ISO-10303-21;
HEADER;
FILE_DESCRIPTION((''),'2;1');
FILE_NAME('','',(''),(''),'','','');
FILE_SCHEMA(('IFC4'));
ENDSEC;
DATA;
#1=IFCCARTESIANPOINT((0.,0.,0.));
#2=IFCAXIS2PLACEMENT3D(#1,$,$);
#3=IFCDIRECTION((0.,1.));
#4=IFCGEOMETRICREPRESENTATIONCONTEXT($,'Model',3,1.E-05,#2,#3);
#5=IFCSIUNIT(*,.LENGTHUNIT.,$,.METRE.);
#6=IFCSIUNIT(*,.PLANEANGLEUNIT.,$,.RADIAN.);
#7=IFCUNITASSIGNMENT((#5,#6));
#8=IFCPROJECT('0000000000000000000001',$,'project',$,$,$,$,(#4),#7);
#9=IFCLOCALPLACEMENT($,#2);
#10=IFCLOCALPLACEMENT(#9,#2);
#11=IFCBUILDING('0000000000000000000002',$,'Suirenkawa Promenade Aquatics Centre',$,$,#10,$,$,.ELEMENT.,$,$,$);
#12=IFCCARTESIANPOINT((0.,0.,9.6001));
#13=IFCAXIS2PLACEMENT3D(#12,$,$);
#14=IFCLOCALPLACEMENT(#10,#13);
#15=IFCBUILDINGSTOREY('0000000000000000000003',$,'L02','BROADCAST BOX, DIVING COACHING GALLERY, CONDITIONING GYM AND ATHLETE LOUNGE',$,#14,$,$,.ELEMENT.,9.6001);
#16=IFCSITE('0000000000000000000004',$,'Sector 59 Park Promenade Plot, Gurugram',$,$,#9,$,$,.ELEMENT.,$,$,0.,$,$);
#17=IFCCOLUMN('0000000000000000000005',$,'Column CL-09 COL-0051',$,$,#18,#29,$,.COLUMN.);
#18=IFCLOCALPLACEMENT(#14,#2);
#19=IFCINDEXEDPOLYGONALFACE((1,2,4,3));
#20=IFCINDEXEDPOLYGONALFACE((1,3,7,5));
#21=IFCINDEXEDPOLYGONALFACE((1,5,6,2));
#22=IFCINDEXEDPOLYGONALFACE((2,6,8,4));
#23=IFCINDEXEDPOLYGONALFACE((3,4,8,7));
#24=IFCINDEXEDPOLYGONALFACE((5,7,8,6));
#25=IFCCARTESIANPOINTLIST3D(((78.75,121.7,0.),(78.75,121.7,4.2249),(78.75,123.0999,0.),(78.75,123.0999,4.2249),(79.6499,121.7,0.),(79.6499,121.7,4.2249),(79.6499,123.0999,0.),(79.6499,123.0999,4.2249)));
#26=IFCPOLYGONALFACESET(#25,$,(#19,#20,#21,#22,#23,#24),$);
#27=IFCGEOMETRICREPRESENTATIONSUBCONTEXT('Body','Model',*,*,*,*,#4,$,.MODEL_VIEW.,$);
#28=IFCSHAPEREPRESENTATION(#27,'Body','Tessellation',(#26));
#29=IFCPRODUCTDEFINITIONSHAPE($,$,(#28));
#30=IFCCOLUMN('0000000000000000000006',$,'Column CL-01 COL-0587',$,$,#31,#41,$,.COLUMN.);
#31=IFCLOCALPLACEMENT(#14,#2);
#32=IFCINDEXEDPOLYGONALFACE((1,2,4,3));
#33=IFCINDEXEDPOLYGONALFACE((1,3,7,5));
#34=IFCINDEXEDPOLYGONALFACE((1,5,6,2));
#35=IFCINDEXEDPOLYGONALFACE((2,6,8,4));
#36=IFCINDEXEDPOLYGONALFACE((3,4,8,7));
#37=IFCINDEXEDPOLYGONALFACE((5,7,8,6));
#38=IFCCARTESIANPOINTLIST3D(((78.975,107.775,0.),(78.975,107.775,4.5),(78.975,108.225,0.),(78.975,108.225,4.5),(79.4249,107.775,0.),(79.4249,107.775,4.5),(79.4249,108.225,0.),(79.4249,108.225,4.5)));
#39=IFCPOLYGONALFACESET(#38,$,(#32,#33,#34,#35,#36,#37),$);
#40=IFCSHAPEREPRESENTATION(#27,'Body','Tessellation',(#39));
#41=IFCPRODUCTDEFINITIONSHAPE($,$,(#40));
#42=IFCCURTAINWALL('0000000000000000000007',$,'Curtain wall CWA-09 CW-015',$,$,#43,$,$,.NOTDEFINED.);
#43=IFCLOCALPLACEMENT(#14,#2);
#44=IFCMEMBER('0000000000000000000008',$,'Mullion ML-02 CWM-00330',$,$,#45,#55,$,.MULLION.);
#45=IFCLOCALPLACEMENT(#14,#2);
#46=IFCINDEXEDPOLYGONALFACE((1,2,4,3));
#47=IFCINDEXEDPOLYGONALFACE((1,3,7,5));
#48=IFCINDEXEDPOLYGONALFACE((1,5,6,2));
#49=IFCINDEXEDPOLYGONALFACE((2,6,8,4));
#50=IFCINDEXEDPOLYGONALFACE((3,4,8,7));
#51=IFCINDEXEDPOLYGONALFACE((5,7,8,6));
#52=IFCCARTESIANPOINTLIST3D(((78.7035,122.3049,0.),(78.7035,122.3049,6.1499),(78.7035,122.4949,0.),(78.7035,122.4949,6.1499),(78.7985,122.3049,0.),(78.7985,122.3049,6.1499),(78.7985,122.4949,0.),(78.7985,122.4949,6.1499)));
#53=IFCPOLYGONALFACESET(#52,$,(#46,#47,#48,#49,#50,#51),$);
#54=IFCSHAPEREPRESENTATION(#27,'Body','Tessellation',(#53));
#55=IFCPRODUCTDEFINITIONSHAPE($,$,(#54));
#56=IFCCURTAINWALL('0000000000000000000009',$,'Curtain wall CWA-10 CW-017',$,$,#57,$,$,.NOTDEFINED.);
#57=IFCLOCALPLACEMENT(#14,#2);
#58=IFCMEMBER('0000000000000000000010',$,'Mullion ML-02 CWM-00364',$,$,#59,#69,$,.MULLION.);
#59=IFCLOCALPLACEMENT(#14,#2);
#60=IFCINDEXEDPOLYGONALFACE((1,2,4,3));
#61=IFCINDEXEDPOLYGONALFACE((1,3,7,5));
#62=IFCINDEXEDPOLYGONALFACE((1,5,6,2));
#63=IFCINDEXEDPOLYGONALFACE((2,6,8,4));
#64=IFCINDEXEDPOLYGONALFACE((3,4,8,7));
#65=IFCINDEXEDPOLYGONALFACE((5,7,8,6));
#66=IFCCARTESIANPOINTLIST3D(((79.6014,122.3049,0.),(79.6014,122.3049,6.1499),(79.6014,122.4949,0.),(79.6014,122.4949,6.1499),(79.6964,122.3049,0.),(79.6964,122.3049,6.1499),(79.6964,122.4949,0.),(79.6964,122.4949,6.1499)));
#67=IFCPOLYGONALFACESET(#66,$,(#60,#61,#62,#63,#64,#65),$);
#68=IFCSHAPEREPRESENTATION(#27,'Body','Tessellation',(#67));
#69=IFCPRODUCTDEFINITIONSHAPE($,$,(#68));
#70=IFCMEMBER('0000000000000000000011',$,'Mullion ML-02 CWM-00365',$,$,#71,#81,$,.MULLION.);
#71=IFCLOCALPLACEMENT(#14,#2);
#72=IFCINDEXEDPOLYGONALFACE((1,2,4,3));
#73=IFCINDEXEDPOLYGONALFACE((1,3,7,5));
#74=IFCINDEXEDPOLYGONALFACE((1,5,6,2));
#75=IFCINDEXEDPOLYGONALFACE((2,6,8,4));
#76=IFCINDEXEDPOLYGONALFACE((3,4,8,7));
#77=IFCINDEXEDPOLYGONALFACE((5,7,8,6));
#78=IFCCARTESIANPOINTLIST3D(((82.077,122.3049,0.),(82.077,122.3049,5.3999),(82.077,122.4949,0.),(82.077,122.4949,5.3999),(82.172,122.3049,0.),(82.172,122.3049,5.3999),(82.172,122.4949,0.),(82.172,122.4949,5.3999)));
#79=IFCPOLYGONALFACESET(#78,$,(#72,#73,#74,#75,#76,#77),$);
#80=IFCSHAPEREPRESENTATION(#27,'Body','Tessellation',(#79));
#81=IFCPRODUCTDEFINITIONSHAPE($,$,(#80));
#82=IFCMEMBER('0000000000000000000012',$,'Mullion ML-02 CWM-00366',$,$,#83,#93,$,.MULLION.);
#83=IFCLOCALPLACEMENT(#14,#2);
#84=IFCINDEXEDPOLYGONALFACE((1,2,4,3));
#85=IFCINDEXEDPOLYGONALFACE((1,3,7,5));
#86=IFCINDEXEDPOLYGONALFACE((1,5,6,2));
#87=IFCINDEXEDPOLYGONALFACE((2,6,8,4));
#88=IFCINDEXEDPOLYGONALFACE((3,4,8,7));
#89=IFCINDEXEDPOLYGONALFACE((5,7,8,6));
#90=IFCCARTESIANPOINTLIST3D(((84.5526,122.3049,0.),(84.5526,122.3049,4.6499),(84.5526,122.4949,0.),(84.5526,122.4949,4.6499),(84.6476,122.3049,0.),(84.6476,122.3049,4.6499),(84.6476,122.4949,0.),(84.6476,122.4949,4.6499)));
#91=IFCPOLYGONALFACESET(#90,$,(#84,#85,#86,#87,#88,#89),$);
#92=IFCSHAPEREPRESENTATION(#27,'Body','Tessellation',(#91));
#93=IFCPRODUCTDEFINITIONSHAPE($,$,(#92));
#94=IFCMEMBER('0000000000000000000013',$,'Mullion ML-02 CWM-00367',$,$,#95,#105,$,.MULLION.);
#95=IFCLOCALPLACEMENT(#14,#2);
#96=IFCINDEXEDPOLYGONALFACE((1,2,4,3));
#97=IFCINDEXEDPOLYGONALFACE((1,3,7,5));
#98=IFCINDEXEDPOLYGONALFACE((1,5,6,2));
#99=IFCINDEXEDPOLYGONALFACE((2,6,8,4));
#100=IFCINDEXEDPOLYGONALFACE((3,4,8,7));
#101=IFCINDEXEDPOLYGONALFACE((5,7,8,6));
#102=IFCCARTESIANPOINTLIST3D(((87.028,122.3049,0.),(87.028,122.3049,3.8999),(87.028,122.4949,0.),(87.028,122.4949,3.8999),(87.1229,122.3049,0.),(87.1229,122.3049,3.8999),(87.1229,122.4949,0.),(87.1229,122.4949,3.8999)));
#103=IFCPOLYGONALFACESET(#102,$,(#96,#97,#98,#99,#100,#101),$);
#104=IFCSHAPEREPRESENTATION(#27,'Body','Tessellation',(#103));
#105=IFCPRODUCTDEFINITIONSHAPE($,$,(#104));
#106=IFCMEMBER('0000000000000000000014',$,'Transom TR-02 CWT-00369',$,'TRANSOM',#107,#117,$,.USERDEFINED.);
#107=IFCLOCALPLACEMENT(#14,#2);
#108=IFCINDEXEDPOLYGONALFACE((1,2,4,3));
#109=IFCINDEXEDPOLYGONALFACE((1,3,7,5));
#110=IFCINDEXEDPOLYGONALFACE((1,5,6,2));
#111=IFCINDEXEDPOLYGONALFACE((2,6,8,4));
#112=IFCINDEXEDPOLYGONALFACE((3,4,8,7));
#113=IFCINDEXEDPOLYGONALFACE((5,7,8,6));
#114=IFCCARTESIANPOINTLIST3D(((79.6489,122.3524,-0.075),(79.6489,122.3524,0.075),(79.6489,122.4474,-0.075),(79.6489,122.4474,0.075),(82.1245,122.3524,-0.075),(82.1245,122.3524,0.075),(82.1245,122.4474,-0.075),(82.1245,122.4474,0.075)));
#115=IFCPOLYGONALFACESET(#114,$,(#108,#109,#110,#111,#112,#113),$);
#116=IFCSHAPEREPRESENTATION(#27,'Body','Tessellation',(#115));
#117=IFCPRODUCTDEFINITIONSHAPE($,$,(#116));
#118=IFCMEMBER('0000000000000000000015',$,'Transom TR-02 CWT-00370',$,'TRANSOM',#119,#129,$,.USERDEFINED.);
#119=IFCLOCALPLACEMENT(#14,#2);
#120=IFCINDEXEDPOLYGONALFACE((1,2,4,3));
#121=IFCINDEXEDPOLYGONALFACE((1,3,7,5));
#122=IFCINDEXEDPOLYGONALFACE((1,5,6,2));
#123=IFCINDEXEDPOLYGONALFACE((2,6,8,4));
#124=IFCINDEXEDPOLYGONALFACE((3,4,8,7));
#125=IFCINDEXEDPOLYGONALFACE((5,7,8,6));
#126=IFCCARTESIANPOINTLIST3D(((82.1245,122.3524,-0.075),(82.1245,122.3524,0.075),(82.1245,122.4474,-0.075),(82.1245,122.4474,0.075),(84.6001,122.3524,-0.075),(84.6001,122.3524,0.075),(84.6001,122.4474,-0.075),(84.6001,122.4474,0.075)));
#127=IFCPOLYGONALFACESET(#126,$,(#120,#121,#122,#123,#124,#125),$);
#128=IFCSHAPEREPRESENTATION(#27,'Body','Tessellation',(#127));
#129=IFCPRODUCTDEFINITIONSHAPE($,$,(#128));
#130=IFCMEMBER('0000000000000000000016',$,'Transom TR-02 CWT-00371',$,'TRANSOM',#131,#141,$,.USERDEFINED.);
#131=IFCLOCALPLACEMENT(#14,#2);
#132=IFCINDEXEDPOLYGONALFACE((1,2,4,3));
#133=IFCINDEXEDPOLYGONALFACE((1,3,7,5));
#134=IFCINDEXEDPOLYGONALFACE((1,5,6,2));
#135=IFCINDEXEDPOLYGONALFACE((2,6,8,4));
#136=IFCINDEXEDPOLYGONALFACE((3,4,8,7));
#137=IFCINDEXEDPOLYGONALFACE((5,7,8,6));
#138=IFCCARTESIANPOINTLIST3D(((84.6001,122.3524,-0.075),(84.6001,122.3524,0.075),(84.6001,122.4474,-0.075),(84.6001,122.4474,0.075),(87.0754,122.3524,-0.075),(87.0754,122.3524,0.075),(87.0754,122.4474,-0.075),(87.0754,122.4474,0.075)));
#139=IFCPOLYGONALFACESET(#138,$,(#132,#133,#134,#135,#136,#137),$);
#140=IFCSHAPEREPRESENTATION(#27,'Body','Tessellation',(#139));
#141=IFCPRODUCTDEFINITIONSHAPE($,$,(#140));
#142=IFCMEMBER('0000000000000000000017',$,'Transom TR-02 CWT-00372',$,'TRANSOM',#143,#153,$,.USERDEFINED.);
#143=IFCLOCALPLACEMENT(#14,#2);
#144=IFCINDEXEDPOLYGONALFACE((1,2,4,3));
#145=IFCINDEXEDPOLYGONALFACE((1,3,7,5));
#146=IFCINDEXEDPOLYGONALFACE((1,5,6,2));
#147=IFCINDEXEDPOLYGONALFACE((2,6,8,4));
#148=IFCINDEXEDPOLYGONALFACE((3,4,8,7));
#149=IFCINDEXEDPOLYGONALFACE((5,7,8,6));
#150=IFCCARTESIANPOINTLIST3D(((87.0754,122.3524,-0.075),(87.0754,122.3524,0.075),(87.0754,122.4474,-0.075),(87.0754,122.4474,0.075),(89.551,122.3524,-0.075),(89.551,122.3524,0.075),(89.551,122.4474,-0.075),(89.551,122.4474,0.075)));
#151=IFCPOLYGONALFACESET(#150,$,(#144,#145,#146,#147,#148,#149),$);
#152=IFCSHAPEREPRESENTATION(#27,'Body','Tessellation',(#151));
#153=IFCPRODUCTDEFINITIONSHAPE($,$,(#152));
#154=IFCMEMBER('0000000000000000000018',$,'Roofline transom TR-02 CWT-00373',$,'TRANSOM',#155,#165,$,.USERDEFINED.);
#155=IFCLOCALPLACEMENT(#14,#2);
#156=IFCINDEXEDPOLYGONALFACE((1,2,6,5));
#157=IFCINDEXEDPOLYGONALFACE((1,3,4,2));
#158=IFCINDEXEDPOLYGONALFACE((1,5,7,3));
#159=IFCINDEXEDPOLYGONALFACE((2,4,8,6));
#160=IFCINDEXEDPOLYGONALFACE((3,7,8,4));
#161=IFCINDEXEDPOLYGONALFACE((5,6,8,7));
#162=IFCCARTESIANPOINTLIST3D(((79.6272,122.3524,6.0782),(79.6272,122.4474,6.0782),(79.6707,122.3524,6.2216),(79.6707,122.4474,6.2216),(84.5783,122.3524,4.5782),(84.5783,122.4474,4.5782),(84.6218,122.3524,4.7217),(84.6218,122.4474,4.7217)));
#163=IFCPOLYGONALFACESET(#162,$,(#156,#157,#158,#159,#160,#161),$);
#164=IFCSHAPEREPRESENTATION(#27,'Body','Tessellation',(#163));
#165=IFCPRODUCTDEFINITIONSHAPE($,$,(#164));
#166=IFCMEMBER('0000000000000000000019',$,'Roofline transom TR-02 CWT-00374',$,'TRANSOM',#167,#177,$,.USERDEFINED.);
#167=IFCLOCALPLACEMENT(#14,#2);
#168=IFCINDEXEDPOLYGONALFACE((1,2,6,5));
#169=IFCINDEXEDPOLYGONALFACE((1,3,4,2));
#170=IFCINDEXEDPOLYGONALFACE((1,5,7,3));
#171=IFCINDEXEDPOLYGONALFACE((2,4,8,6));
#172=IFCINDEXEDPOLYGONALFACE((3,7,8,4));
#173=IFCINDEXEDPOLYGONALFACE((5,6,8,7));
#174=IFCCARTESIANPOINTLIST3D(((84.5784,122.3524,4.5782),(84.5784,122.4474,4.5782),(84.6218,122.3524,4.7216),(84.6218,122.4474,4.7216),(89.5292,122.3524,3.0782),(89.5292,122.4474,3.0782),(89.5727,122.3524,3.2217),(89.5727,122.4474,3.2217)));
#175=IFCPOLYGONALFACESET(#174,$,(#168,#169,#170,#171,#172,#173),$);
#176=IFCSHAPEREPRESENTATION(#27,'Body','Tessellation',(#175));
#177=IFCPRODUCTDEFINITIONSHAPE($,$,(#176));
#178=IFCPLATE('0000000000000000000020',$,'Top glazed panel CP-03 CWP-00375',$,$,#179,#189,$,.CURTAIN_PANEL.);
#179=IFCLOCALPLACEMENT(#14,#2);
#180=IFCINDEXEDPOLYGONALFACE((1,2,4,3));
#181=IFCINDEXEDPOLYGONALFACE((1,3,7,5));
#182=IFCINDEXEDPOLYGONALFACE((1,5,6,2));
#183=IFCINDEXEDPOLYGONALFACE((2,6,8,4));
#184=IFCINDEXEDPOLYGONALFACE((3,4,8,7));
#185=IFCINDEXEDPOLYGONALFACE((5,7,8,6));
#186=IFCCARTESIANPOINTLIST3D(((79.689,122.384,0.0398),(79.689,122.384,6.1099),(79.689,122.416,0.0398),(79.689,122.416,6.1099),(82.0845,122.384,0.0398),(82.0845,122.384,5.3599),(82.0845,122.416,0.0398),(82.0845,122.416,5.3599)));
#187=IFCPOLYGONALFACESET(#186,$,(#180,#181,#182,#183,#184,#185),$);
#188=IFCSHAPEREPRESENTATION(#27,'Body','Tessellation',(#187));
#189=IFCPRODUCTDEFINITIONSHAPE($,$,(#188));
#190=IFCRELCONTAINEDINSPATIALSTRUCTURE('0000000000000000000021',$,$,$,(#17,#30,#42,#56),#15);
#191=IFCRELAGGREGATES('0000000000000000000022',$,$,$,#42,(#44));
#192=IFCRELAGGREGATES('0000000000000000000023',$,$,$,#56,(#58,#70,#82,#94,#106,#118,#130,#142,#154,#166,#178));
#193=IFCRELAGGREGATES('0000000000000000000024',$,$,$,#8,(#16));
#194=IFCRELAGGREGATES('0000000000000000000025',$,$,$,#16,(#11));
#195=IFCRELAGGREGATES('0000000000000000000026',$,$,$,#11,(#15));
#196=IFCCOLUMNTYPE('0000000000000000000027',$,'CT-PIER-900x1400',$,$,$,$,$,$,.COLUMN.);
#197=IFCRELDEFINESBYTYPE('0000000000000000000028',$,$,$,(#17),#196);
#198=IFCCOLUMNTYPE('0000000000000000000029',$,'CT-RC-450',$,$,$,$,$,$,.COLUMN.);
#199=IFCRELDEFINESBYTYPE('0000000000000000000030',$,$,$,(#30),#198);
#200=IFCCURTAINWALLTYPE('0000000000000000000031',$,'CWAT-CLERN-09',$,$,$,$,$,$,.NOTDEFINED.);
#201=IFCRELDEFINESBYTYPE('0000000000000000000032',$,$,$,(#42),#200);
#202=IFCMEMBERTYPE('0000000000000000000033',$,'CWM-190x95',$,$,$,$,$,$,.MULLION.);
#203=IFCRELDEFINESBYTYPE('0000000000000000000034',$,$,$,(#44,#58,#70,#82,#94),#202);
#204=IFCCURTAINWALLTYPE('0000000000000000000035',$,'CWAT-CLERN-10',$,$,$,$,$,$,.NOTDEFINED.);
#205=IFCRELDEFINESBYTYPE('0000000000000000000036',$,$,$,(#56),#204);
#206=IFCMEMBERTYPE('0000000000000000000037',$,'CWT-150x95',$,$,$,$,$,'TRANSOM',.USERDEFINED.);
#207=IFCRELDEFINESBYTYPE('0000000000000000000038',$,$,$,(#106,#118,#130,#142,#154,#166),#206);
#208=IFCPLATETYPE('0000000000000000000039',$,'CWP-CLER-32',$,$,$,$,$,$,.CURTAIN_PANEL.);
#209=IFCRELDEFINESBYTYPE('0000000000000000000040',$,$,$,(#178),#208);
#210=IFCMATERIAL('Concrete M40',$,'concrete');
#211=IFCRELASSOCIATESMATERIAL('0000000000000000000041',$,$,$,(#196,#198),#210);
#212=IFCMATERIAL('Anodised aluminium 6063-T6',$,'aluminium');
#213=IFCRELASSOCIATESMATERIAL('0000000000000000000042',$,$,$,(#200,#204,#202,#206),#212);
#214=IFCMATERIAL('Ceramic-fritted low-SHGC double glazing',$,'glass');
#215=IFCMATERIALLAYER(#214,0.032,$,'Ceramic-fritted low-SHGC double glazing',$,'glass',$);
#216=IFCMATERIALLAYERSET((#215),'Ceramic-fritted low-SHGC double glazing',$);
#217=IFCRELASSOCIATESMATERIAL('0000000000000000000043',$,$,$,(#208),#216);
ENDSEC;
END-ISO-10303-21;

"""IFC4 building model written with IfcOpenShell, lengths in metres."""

from ifc_helpers import new_model, si_unit, direction, frame, origin, origin_2d, place, context, subcontext, project, spatial, polyline, rectangle, outline, extrude, material, layer, layer_set, material_profile, profile_set, type_object, element, aggregate, save


model = new_model("IFC4")

# Units and contexts
model_context = context("Model", 3, precision=1e-05, world=origin(), true_north=direction((0.0, 1.0)))
body_context = subcontext(model_context, "Body", "Model", "MODEL_VIEW")
ifc_project = project(units=[si_unit("LENGTHUNIT", "METRE"), si_unit("PLANEANGLEUNIT", "RADIAN")], contexts=[model_context])

# Site, building, storey
site_placement = place(None, origin())
site = spatial("IfcSite", under=ifc_project, at=site_placement, Name="Sector 59 Park Promenade Plot, Gurugram", CompositionType="ELEMENT", RefElevation=0.0)
building_placement = place(site_placement, origin())
building = spatial("IfcBuilding", under=site, at=building_placement, Name="Suirenkawa Promenade Aquatics Centre", CompositionType="ELEMENT")
storey_placement = place(building_placement, frame((0.0, 0.0, 9.6001)))
storey = spatial("IfcBuildingStorey", under=building, at=storey_placement, Name="L02", Description="BROADCAST BOX, DIVING COACHING GALLERY, CONDITIONING GYM AND ATHLETE LOUNGE", CompositionType="ELEMENT", Elevation=9.6001)

# Columns
ifc_material_1 = material(Name="Concrete M40", Category="concrete")
ifc_material_profile_1 = material_profile(ifc_material_1, rectangle(XDim=0.8999, YDim=1.3999, at=origin_2d()), Name="RC PIER 900x1400", Category="concrete")
ifc_profile_set_1 = profile_set([ifc_material_profile_1], Name="Concrete M40")
column_type_1 = type_object("IfcColumnType", Name="CT-PIER-900x1400", PredefinedType="COLUMN", material=ifc_profile_set_1)
column_1_placement = place(storey_placement, frame((79.2, 122.3999, 0.0), z_axis=(0.0, 0.0, 1.0), x_axis=(1.0, 0.0, 0.0)))
element("IfcColumn", 1, at=column_1_placement, inside=storey, type_object=column_type_1, Name="Column CL-09 COL-0051", PredefinedType="COLUMN", context=body_context, shape_type="SweptSolid", body=[
    extrude(rectangle(XDim=0.8999, YDim=1.3999, at=origin_2d()), origin(), (0.0, 0.0, 1.0), 4.2249),
])
ifc_material_profile_2 = material_profile(ifc_material_1, rectangle(XDim=0.45, YDim=0.45, at=origin_2d()), Name="RC COL 450x450", Category="concrete")
ifc_profile_set_2 = profile_set([ifc_material_profile_2], Name="Concrete M40")
column_type_2 = type_object("IfcColumnType", Name="CT-RC-450", PredefinedType="COLUMN", material=ifc_profile_set_2)
column_2_placement = place(storey_placement, frame((79.2, 108.0, 0.0), z_axis=(0.0, 0.0, 1.0), x_axis=(1.0, 0.0, 0.0)))
element("IfcColumn", 2, at=column_2_placement, inside=storey, type_object=column_type_2, Name="Column CL-01 COL-0587", PredefinedType="COLUMN", context=body_context, shape_type="SweptSolid", body=[
    extrude(rectangle(XDim=0.45, YDim=0.45, at=origin_2d()), origin(), (0.0, 0.0, 1.0), 4.5),
])

# Curtain wall, member
ifc_material_2 = material(Name="Anodised aluminium 6063-T6", Category="aluminium")
curtain_wall_type_1 = type_object("IfcCurtainWallType", Name="CWAT-CLERN-09", PredefinedType="NOTDEFINED", material=ifc_material_2)
curtain_wall_1_placement = place(storey_placement, origin())
curtain_wall_1 = element("IfcCurtainWall", 3, at=curtain_wall_1_placement, inside=storey, type_object=curtain_wall_type_1, Name="Curtain wall CWA-09 CW-015", PredefinedType="NOTDEFINED")
ifc_material_profile_3 = material_profile(ifc_material_2, rectangle(XDim=0.095, YDim=0.1899, at=origin_2d()), Name="ALU MULL 95x190", Category="aluminium")
ifc_profile_set_3 = profile_set([ifc_material_profile_3], Name="Anodised aluminium 6063-T6")
member_type_1 = type_object("IfcMemberType", Name="CWM-190x95", PredefinedType="MULLION", material=ifc_profile_set_3)
member_1_placement = place(storey_placement, frame((78.751, 122.3999, 0.0), z_axis=(0.0, 0.0, 1.0), x_axis=(1.0, 0.0, 0.0)))
member_1 = element("IfcMember", 4, at=member_1_placement, type_object=member_type_1, Name="Mullion ML-02 CWM-00330", PredefinedType="MULLION", context=body_context, shape_type="SweptSolid", body=[
    extrude(rectangle(XDim=0.095, YDim=0.1899, at=origin_2d()), origin(), (0.0, 0.0, 1.0), 6.1499),
])
aggregate(curtain_wall_1, [member_1])

# Curtain wall, members, plate
curtain_wall_type_2 = type_object("IfcCurtainWallType", Name="CWAT-CLERN-10", PredefinedType="NOTDEFINED", material=ifc_material_2)
curtain_wall_2_placement = place(storey_placement, origin())
curtain_wall_2 = element("IfcCurtainWall", 5, at=curtain_wall_2_placement, inside=storey, type_object=curtain_wall_type_2, Name="Curtain wall CWA-10 CW-017", PredefinedType="NOTDEFINED")
member_2_placement = place(storey_placement, frame((79.6489, 122.3999, 0.0), z_axis=(0.0, 0.0, 1.0), x_axis=(1.0, 0.0, 0.0)))
member_2 = element("IfcMember", 6, at=member_2_placement, type_object=member_type_1, Name="Mullion ML-02 CWM-00364", PredefinedType="MULLION", context=body_context, shape_type="SweptSolid", body=[
    extrude(rectangle(XDim=0.095, YDim=0.1899, at=origin_2d()), origin(), (0.0, 0.0, 1.0), 6.1499),
])
member_3_placement = place(storey_placement, frame((82.1245, 122.3999, 0.0), z_axis=(0.0, 0.0, 1.0), x_axis=(1.0, 0.0, 0.0)))
member_3 = element("IfcMember", 7, at=member_3_placement, type_object=member_type_1, Name="Mullion ML-02 CWM-00365", PredefinedType="MULLION", context=body_context, shape_type="SweptSolid", body=[
    extrude(rectangle(XDim=0.095, YDim=0.1899, at=origin_2d()), origin(), (0.0, 0.0, 1.0), 5.3999),
])
member_4_placement = place(storey_placement, frame((84.6001, 122.3999, 0.0), z_axis=(0.0, 0.0, 1.0), x_axis=(1.0, 0.0, 0.0)))
member_4 = element("IfcMember", 8, at=member_4_placement, type_object=member_type_1, Name="Mullion ML-02 CWM-00366", PredefinedType="MULLION", context=body_context, shape_type="SweptSolid", body=[
    extrude(rectangle(XDim=0.095, YDim=0.1899, at=origin_2d()), origin(), (0.0, 0.0, 1.0), 4.6499),
])
member_5_placement = place(storey_placement, frame((87.0754, 122.3999, 0.0), z_axis=(0.0, 0.0, 1.0), x_axis=(1.0, 0.0, 0.0)))
member_5 = element("IfcMember", 9, at=member_5_placement, type_object=member_type_1, Name="Mullion ML-02 CWM-00367", PredefinedType="MULLION", context=body_context, shape_type="SweptSolid", body=[
    extrude(rectangle(XDim=0.095, YDim=0.1899, at=origin_2d()), origin(), (0.0, 0.0, 1.0), 3.8999),
])
ifc_material_profile_4 = material_profile(ifc_material_2, rectangle(XDim=0.095, YDim=0.1499, at=origin_2d()), Name="ALU TRAN 95x150", Category="aluminium")
ifc_profile_set_4 = profile_set([ifc_material_profile_4], Name="Anodised aluminium 6063-T6")
member_type_2 = type_object("IfcMemberType", Name="CWT-150x95", ElementType="TRANSOM", PredefinedType="USERDEFINED", material=ifc_profile_set_4)
member_6_placement = place(storey_placement, frame((79.6489, 122.3999, 0.0), z_axis=(1.0, 0.0, 0.0), x_axis=(0.0, 1.0, 0.0)))
member_6 = element("IfcMember", 10, at=member_6_placement, type_object=member_type_2, Name="Transom TR-02 CWT-00369", ObjectType="TRANSOM", PredefinedType="USERDEFINED", context=body_context, shape_type="SweptSolid", body=[
    extrude(rectangle(XDim=0.095, YDim=0.1499, at=origin_2d()), origin(), (0.0, 0.0, 1.0), 2.4756),
])
member_7_placement = place(storey_placement, frame((82.1245, 122.3999, 0.0), z_axis=(1.0, 0.0, 0.0), x_axis=(0.0, 1.0, 0.0)))
member_7 = element("IfcMember", 11, at=member_7_placement, type_object=member_type_2, Name="Transom TR-02 CWT-00370", ObjectType="TRANSOM", PredefinedType="USERDEFINED", context=body_context, shape_type="SweptSolid", body=[
    extrude(rectangle(XDim=0.095, YDim=0.1499, at=origin_2d()), origin(), (0.0, 0.0, 1.0), 2.4756),
])
member_8_placement = place(storey_placement, frame((84.6001, 122.3999, 0.0), z_axis=(1.0, 0.0, 0.0), x_axis=(0.0, 1.0, 0.0)))
member_8 = element("IfcMember", 12, at=member_8_placement, type_object=member_type_2, Name="Transom TR-02 CWT-00371", ObjectType="TRANSOM", PredefinedType="USERDEFINED", context=body_context, shape_type="SweptSolid", body=[
    extrude(rectangle(XDim=0.095, YDim=0.1499, at=origin_2d()), origin(), (0.0, 0.0, 1.0), 2.4753),
])
member_9_placement = place(storey_placement, frame((87.0754, 122.3999, 0.0), z_axis=(1.0, 0.0, 0.0), x_axis=(0.0, 1.0, 0.0)))
member_9 = element("IfcMember", 13, at=member_9_placement, type_object=member_type_2, Name="Transom TR-02 CWT-00372", ObjectType="TRANSOM", PredefinedType="USERDEFINED", context=body_context, shape_type="SweptSolid", body=[
    extrude(rectangle(XDim=0.095, YDim=0.1499, at=origin_2d()), origin(), (0.0, 0.0, 1.0), 2.4756),
])
member_10_placement = place(storey_placement, frame((79.6489, 122.3999, 6.1499), z_axis=(0.957043, 0.0, -0.289945), x_axis=(0.0, 1.0, 0.0)))
member_10 = element("IfcMember", 14, at=member_10_placement, type_object=member_type_2, Name="Roofline transom TR-02 CWT-00373", ObjectType="TRANSOM", PredefinedType="USERDEFINED", context=body_context, shape_type="SweptSolid", body=[
    extrude(rectangle(XDim=0.095, YDim=0.1499, at=origin_2d()), origin(), (0.0, 0.0, 1.0), 5.1733),
])
member_11_placement = place(storey_placement, frame((84.6001, 122.3999, 4.6499), z_axis=(0.957039, 0.0, -0.289958), x_axis=(0.0, 1.0, 0.0)))
member_11 = element("IfcMember", 15, at=member_11_placement, type_object=member_type_2, Name="Roofline transom TR-02 CWT-00374", ObjectType="TRANSOM", PredefinedType="USERDEFINED", context=body_context, shape_type="SweptSolid", body=[
    extrude(rectangle(XDim=0.095, YDim=0.1499, at=origin_2d()), origin(), (0.0, 0.0, 1.0), 5.1731),
])
ifc_material_3 = material(Name="Ceramic-fritted low-SHGC double glazing", Category="glass")
ifc_layer_1 = layer(ifc_material_3, 0.032, Name="Ceramic-fritted low-SHGC double glazing", Category="glass")
ifc_layer_set_1 = layer_set([ifc_layer_1], Name="Ceramic-fritted low-SHGC double glazing")
plate_type = type_object("IfcPlateType", Name="CWP-CLER-32", PredefinedType="CURTAIN_PANEL", material=ifc_layer_set_1)
plate_1_placement = place(storey_placement, frame((79.6489, 122.3999, 0.0398), z_axis=(0.0, 0.0, 1.0), x_axis=(1.0, 0.0, 0.0)))
plate_1 = element("IfcPlate", 16, at=plate_1_placement, type_object=plate_type, Name="Top glazed panel CP-03 CWP-00375", PredefinedType="CURTAIN_PANEL", context=body_context, shape_type="SweptSolid", body=[
    extrude(outline(polyline([(0.04, 0.0), (2.4355, 0.0), (2.4355, 5.3201), (0.04, 6.0701), (0.04, 0.0)])), frame((0.0, 0.0161, 0.0), z_axis=(0.0, -1.0, 0.0), x_axis=(1.0, 0.0, 0.0)), (0.0, 0.0, 1.0), 0.032),
])
aggregate(curtain_wall_2, [member_2, member_3, member_4, member_5, member_6, member_7, member_8, member_9, member_10, member_11, plate_1])

save(model, "model.ifc")
